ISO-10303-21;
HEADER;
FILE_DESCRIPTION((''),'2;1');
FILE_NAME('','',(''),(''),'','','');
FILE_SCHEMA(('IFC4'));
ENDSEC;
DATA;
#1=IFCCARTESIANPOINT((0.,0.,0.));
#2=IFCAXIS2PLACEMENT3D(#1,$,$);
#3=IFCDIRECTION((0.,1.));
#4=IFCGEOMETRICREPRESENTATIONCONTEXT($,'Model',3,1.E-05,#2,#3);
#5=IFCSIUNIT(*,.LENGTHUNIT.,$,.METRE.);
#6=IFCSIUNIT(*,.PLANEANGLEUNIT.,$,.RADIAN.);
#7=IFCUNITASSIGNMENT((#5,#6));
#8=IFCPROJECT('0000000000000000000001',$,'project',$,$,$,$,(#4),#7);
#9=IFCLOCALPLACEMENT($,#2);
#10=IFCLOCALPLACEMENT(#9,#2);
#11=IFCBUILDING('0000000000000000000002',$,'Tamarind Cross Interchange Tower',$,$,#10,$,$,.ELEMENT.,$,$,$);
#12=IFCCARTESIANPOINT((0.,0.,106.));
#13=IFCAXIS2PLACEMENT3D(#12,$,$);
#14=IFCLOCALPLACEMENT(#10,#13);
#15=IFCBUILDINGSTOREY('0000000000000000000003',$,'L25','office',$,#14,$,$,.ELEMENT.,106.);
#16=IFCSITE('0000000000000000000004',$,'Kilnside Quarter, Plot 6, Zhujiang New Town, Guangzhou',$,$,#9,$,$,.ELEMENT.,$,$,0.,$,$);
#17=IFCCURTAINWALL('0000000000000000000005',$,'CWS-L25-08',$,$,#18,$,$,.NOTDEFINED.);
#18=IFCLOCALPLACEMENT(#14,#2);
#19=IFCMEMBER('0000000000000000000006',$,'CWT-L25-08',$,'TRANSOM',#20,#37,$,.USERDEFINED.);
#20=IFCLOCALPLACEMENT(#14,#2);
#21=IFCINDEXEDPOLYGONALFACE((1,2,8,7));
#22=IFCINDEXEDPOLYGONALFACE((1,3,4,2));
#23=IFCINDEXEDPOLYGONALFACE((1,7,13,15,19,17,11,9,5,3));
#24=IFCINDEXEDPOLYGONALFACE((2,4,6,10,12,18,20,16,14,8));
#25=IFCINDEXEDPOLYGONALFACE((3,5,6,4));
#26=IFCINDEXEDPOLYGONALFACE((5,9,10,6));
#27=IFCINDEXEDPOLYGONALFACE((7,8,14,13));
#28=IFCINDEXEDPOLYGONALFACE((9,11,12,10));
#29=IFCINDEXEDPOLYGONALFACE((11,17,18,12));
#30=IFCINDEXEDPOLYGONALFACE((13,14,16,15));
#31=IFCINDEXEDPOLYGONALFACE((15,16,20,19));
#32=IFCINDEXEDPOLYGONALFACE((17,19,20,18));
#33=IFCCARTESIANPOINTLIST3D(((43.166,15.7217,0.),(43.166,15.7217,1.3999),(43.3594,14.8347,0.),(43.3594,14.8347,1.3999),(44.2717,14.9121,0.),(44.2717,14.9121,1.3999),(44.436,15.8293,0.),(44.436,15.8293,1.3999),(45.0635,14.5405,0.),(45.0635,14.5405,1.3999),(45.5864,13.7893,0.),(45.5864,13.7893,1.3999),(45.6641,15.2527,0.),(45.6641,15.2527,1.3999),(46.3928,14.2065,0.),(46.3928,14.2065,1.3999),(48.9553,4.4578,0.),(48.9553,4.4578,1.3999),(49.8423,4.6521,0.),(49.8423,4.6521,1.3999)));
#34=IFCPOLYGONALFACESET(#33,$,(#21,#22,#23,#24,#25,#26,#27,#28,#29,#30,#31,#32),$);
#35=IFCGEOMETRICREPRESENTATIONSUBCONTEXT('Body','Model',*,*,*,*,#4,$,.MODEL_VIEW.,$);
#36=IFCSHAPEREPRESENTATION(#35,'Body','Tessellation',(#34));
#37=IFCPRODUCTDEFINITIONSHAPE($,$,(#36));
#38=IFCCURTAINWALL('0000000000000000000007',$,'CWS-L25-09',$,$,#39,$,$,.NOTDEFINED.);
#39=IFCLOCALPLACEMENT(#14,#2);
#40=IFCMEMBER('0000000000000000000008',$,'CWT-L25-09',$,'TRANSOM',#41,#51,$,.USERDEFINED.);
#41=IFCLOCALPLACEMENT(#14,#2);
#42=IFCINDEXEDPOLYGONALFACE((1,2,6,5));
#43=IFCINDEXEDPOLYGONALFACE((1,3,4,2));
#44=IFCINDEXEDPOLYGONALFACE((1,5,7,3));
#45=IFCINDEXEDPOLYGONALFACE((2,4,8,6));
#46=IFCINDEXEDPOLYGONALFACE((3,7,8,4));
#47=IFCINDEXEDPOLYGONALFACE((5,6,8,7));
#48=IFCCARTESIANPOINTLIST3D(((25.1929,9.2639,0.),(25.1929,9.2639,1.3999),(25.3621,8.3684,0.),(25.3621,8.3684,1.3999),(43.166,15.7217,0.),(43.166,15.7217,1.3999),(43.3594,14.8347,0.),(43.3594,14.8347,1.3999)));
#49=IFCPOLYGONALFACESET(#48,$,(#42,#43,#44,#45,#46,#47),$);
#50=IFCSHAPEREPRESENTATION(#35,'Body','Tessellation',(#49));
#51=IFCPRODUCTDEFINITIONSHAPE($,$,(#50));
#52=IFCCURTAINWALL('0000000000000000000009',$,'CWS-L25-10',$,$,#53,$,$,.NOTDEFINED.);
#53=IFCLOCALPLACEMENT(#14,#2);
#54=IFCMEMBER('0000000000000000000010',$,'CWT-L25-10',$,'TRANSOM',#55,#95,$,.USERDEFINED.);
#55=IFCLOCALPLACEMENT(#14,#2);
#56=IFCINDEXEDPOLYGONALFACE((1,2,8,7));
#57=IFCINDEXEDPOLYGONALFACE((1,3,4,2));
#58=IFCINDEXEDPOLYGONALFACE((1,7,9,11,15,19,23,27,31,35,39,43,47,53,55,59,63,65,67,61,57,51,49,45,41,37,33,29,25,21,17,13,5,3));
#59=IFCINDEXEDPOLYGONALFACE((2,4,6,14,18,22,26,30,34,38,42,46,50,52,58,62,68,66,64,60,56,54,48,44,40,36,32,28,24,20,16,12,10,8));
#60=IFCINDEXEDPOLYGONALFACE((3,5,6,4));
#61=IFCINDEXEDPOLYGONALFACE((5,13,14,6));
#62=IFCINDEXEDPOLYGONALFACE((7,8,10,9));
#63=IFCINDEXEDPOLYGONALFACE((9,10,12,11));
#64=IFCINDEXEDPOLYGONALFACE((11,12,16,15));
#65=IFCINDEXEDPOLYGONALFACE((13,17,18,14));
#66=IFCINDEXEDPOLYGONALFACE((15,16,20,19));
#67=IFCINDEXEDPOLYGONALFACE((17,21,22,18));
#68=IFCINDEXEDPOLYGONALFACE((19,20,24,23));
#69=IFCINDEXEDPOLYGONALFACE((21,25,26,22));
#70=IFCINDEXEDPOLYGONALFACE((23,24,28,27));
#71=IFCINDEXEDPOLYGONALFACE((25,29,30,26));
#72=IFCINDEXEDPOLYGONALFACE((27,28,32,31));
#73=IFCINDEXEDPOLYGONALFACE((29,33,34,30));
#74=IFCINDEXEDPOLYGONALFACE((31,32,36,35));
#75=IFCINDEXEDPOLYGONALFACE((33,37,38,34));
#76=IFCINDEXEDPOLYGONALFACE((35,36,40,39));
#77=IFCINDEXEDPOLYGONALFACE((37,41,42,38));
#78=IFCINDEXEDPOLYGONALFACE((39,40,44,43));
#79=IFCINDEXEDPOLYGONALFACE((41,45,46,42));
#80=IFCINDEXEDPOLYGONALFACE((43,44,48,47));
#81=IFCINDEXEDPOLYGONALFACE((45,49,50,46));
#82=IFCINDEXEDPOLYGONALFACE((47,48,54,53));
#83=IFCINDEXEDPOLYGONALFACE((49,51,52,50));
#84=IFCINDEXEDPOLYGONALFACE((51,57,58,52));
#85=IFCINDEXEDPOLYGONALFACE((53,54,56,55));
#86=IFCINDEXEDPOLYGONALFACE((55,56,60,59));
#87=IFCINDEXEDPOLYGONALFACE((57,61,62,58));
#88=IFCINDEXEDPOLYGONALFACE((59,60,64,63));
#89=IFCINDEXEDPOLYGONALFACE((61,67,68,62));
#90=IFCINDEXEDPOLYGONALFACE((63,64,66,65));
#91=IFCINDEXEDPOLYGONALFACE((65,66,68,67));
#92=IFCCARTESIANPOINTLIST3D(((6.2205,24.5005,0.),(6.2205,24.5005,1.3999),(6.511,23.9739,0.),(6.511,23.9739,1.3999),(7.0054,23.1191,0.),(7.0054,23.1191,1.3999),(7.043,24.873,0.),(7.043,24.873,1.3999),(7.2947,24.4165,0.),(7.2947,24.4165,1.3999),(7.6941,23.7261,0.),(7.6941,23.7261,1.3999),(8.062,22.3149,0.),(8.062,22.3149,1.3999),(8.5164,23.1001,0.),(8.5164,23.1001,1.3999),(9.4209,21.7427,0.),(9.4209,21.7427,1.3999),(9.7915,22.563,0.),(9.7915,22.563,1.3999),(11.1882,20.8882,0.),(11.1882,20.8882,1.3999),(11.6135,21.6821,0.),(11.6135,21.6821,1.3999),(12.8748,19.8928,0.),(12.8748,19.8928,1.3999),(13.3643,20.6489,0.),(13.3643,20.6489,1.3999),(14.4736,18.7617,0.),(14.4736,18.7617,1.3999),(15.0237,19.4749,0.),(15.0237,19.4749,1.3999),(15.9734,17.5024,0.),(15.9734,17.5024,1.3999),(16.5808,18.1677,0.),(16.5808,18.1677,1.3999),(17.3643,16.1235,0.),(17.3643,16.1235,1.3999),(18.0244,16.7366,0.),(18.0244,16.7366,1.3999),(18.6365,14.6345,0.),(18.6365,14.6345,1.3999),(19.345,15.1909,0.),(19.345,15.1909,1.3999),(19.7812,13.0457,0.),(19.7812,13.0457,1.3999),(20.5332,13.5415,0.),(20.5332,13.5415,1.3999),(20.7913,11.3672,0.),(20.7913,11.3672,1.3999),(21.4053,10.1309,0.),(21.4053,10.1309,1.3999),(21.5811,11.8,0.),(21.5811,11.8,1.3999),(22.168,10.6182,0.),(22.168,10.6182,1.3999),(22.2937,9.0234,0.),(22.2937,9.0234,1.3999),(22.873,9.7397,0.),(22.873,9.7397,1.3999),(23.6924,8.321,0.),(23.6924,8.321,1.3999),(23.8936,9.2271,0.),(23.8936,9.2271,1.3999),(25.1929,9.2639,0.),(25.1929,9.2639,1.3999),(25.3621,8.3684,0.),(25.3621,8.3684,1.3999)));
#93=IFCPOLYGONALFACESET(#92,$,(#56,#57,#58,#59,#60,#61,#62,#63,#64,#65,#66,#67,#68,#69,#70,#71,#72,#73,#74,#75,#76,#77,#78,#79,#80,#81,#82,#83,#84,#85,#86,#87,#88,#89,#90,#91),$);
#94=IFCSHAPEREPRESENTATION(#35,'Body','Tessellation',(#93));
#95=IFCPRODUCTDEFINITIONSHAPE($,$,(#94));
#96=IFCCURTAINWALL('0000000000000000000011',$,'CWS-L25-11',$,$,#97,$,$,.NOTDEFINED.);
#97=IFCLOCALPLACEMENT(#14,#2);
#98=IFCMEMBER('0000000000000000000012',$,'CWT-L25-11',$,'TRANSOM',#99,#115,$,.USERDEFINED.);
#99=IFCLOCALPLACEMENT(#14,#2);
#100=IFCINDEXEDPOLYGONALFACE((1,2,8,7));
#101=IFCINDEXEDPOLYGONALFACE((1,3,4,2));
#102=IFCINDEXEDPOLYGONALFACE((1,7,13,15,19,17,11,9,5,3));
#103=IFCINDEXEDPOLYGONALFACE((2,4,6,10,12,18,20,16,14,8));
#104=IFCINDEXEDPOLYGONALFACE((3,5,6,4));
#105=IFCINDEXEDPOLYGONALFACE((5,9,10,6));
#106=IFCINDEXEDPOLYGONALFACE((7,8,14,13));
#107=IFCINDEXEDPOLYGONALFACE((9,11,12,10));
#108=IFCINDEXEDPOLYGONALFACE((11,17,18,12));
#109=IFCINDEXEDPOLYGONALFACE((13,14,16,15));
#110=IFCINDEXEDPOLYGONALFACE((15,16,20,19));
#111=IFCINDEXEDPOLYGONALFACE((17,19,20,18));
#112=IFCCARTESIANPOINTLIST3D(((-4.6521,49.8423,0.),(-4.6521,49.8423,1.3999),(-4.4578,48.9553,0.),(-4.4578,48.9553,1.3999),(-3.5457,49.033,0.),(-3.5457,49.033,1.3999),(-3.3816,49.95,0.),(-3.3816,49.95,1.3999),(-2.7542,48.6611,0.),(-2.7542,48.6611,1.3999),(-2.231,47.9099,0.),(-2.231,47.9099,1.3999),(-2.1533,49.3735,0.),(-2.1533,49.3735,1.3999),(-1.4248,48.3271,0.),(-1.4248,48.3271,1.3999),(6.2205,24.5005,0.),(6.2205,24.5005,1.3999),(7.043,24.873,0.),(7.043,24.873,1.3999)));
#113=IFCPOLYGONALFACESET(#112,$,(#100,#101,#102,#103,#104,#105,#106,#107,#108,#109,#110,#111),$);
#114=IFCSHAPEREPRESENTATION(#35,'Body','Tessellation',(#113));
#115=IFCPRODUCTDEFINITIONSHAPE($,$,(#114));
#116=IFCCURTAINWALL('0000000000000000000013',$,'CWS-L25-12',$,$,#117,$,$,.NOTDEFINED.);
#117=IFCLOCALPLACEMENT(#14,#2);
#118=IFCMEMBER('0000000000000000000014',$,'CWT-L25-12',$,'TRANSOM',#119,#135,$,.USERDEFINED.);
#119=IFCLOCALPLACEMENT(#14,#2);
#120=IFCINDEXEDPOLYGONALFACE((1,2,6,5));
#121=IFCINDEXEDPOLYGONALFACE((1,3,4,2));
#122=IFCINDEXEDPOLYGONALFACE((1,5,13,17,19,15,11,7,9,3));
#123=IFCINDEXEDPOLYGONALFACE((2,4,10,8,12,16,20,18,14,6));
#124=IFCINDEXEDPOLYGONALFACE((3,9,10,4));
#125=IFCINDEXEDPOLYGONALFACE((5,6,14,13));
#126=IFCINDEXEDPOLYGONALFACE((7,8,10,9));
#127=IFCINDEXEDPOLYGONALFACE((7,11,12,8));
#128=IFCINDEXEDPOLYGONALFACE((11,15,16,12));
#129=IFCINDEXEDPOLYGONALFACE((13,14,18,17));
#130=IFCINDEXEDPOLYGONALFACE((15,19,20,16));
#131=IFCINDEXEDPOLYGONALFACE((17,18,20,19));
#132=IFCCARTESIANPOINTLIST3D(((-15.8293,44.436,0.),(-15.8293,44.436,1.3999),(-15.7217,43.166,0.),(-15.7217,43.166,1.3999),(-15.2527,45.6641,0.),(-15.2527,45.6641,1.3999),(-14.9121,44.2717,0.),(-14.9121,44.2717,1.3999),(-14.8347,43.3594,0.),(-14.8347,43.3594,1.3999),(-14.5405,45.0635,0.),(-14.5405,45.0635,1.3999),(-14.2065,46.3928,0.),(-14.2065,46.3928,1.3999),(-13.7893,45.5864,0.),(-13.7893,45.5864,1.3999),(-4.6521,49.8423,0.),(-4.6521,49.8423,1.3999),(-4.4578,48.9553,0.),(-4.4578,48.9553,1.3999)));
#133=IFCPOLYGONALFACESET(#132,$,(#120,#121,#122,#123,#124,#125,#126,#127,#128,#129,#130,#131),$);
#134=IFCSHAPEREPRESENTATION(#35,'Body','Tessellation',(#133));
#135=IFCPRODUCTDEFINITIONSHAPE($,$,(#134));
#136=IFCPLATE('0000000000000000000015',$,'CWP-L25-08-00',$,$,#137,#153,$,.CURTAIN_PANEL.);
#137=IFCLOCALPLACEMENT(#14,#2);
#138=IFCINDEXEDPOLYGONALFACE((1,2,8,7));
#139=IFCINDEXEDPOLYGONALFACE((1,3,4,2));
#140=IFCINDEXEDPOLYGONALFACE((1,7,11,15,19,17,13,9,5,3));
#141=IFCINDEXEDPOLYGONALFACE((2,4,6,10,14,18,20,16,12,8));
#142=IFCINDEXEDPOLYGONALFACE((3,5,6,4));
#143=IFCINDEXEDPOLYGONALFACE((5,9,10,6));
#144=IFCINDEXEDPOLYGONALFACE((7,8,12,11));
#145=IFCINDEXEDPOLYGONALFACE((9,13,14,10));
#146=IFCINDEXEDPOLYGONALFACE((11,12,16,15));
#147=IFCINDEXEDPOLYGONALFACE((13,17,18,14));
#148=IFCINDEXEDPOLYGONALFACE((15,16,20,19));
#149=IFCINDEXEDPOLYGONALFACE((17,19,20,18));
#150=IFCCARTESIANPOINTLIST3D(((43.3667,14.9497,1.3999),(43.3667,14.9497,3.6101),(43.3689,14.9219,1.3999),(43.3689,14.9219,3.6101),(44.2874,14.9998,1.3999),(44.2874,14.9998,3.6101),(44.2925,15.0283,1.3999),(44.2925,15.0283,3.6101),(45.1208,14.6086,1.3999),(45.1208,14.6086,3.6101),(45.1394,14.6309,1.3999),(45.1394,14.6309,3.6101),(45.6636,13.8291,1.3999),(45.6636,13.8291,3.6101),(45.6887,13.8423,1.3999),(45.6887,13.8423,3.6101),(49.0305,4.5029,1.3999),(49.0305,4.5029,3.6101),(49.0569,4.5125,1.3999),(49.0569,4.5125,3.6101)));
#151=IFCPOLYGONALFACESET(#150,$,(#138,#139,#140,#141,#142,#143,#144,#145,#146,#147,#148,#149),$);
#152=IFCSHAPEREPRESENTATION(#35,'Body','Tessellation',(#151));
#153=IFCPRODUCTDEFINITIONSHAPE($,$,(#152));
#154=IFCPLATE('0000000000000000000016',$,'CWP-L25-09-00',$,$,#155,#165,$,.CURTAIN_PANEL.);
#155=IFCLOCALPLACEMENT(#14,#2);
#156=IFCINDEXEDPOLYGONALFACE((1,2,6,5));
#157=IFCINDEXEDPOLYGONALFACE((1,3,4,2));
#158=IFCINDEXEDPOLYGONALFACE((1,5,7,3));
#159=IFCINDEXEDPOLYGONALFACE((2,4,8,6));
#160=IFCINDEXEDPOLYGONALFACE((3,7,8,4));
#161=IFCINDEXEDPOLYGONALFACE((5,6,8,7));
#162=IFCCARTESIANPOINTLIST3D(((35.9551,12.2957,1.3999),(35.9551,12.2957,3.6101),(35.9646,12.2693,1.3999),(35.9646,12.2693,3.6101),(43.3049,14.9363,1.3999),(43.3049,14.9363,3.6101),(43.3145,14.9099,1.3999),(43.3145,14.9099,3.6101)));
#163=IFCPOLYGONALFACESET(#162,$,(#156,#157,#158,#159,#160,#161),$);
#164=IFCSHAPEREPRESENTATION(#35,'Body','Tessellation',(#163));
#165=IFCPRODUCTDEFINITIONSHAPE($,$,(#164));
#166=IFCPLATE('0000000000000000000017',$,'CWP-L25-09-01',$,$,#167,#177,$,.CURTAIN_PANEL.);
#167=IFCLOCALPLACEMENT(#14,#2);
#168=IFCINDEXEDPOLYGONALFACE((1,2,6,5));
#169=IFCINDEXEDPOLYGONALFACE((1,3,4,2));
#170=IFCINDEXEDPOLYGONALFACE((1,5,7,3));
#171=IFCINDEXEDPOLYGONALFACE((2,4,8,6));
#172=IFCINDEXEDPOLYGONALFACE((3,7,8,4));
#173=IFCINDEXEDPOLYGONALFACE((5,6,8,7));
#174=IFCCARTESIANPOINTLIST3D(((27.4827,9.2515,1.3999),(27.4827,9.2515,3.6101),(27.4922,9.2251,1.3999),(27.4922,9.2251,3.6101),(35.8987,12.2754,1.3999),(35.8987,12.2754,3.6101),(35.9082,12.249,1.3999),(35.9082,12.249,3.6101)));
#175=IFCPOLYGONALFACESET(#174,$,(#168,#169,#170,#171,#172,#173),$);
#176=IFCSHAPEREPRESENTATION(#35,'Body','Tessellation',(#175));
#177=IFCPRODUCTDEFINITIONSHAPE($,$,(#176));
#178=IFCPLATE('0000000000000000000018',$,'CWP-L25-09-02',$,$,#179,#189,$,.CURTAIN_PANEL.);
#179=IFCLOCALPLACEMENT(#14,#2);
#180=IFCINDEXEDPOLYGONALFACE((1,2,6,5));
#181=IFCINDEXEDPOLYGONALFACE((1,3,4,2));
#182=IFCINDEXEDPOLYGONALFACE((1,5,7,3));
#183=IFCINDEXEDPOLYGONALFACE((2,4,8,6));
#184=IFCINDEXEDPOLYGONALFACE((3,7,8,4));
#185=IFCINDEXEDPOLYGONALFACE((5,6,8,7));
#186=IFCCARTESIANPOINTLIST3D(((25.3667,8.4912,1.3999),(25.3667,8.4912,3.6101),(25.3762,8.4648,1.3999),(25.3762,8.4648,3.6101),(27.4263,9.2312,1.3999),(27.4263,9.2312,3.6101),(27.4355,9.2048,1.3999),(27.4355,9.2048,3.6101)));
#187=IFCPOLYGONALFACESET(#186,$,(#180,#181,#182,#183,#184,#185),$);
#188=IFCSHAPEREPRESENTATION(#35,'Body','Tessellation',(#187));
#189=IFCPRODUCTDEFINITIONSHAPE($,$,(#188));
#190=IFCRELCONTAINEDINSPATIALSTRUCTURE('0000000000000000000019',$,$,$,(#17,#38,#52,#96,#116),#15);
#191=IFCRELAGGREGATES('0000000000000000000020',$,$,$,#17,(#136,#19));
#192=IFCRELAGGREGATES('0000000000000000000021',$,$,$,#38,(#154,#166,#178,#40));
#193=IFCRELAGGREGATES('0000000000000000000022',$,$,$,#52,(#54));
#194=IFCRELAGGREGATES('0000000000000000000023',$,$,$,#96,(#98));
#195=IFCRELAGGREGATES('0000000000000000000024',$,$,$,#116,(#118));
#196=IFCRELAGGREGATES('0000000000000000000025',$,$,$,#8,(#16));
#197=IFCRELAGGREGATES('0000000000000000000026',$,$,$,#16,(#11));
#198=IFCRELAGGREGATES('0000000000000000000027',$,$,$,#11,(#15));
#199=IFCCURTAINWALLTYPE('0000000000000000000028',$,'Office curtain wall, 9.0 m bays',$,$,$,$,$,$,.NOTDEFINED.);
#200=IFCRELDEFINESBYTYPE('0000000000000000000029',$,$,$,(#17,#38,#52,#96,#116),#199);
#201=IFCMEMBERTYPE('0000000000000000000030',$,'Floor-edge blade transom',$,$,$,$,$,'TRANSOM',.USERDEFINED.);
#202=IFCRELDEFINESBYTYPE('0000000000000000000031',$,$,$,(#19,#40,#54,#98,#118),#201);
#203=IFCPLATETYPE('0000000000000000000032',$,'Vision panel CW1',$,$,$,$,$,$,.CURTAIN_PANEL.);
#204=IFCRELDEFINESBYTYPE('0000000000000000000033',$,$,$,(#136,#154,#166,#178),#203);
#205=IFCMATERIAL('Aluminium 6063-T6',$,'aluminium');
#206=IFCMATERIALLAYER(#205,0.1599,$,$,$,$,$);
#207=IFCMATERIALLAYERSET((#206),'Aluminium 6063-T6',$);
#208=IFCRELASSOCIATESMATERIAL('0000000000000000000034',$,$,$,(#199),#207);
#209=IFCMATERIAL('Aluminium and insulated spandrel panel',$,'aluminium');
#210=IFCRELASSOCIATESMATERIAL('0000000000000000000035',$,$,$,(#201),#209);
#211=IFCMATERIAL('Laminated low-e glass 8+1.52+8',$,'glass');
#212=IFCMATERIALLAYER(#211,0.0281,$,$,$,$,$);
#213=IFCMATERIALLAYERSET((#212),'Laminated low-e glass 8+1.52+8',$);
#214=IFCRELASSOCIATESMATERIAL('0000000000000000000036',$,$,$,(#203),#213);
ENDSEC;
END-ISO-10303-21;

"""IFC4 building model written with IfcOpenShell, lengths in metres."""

from ifc_helpers import new_model, si_unit, direction, frame, origin, place, context, subcontext, project, spatial, polyline, outline, extrude, material, layer, layer_set, type_object, element, aggregate, save


model = new_model("IFC4")

# Units and contexts
model_context = context("Model", 3, precision=1e-05, world=origin(), true_north=direction((0.0, 1.0)))
body_context = subcontext(model_context, "Body", "Model", "MODEL_VIEW")
ifc_project = project(units=[si_unit("LENGTHUNIT", "METRE"), si_unit("PLANEANGLEUNIT", "RADIAN")], contexts=[model_context])

# Site, building, storey
site_placement = place(None, origin())
site = spatial("IfcSite", under=ifc_project, at=site_placement, Name="Kilnside Quarter, Plot 6, Zhujiang New Town, Guangzhou", CompositionType="ELEMENT", RefElevation=0.0)
building_placement = place(site_placement, origin())
building = spatial("IfcBuilding", under=site, at=building_placement, Name="Tamarind Cross Interchange Tower", CompositionType="ELEMENT")
storey_placement = place(building_placement, frame((0.0, 0.0, 106.0)))
storey = spatial("IfcBuildingStorey", under=building, at=storey_placement, Name="L25", Description="office", CompositionType="ELEMENT", Elevation=106.0)

# Curtain walls, members
ifc_material_1 = material(Name="Aluminium 6063-T6", Category="aluminium")
ifc_layer_1 = layer(ifc_material_1, 0.1599)
ifc_layer_set_1 = layer_set([ifc_layer_1], Name="Aluminium 6063-T6")
curtain_wall_type = type_object("IfcCurtainWallType", Name="Office curtain wall, 9.0 m bays", PredefinedType="NOTDEFINED", material=ifc_layer_set_1)
curtain_wall_1_placement = place(storey_placement, origin())
curtain_wall_1 = element("IfcCurtainWall", 1, at=curtain_wall_1_placement, inside=storey, type_object=curtain_wall_type, Name="CWS-L25-08", PredefinedType="NOTDEFINED")
ifc_material_2 = material(Name="Aluminium and insulated spandrel panel", Category="aluminium")
member_type = type_object("IfcMemberType", Name="Floor-edge blade transom", ElementType="TRANSOM", PredefinedType="USERDEFINED", material=ifc_material_2)
member_1_placement = place(storey_placement, origin())
member_1 = element("IfcMember", 2, at=member_1_placement, type_object=member_type, Name="CWT-L25-08", ObjectType="TRANSOM", PredefinedType="USERDEFINED", context=body_context, shape_type="SweptSolid", body=[
    extrude(outline(polyline([(48.9553, 4.4578), (45.5864, 13.7893), (45.0635, 14.5405), (44.2717, 14.9121), (43.3594, 14.8347), (43.166, 15.7217), (44.436, 15.8293), (45.6641, 15.2527), (46.3928, 14.2065), (49.8423, 4.6521), (48.9553, 4.4578)])), origin(), (0.0, 0.0, 1.0), 1.3999),
])
curtain_wall_2_placement = place(storey_placement, origin())
curtain_wall_2 = element("IfcCurtainWall", 3, at=curtain_wall_2_placement, inside=storey, type_object=curtain_wall_type, Name="CWS-L25-09", PredefinedType="NOTDEFINED")
member_2_placement = place(storey_placement, origin())
member_2 = element("IfcMember", 4, at=member_2_placement, type_object=member_type, Name="CWT-L25-09", ObjectType="TRANSOM", PredefinedType="USERDEFINED", context=body_context, shape_type="SweptSolid", body=[
    extrude(outline(polyline([(43.3594, 14.8347), (25.3621, 8.3684), (25.1929, 9.2639), (43.166, 15.7217), (43.3594, 14.8347)])), origin(), (0.0, 0.0, 1.0), 1.3999),
])
curtain_wall_3_placement = place(storey_placement, origin())
curtain_wall_3 = element("IfcCurtainWall", 5, at=curtain_wall_3_placement, inside=storey, type_object=curtain_wall_type, Name="CWS-L25-10", PredefinedType="NOTDEFINED")
member_3_placement = place(storey_placement, origin())
member_3 = element("IfcMember", 6, at=member_3_placement, type_object=member_type, Name="CWT-L25-10", ObjectType="TRANSOM", PredefinedType="USERDEFINED", context=body_context, shape_type="SweptSolid", body=[
    extrude(outline(polyline([(25.3621, 8.3684), (23.6924, 8.321), (22.2937, 9.0234), (21.4053, 10.1309), (20.7913, 11.3672), (19.7812, 13.0457), (18.6365, 14.6345), (17.3643, 16.1235), (15.9734, 17.5024), (14.4736, 18.7617), (12.8748, 19.8928), (11.1882, 20.8882), (9.4209, 21.7427), (8.062, 22.3149), (7.0054, 23.1191), (6.511, 23.9739), (6.2205, 24.5005), (7.043, 24.873), (7.2947, 24.4165), (7.6941, 23.7261), (8.5164, 23.1001), (9.7915, 22.563), (11.6135, 21.6821), (13.3643, 20.6489), (15.0237, 19.4749), (16.5808, 18.1677), (18.0244, 16.7366), (19.345, 15.1909), (20.5332, 13.5415), (21.5811, 11.8), (22.168, 10.6182), (22.873, 9.7397), (23.8936, 9.2271), (25.1929, 9.2639), (25.3621, 8.3684)])), origin(), (0.0, 0.0, 1.0), 1.3999),
])
curtain_wall_4_placement = place(storey_placement, origin())
curtain_wall_4 = element("IfcCurtainWall", 7, at=curtain_wall_4_placement, inside=storey, type_object=curtain_wall_type, Name="CWS-L25-11", PredefinedType="NOTDEFINED")
member_4_placement = place(storey_placement, origin())
member_4 = element("IfcMember", 8, at=member_4_placement, type_object=member_type, Name="CWT-L25-11", ObjectType="TRANSOM", PredefinedType="USERDEFINED", context=body_context, shape_type="SweptSolid", body=[
    extrude(outline(polyline([(6.2205, 24.5005), (-2.231, 47.9099), (-2.7542, 48.6611), (-3.5457, 49.033), (-4.4578, 48.9553), (-4.6521, 49.8423), (-3.3816, 49.95), (-2.1533, 49.3735), (-1.4248, 48.3271), (7.043, 24.873), (6.2205, 24.5005)])), origin(), (0.0, 0.0, 1.0), 1.3999),
])
curtain_wall_5_placement = place(storey_placement, origin())
curtain_wall_5 = element("IfcCurtainWall", 9, at=curtain_wall_5_placement, inside=storey, type_object=curtain_wall_type, Name="CWS-L25-12", PredefinedType="NOTDEFINED")
member_5_placement = place(storey_placement, origin())
member_5 = element("IfcMember", 10, at=member_5_placement, type_object=member_type, Name="CWT-L25-12", ObjectType="TRANSOM", PredefinedType="USERDEFINED", context=body_context, shape_type="SweptSolid", body=[
    extrude(outline(polyline([(-4.4578, 48.9553), (-13.7893, 45.5864), (-14.5405, 45.0635), (-14.9121, 44.2717), (-14.8347, 43.3594), (-15.7217, 43.166), (-15.8293, 44.436), (-15.2527, 45.6641), (-14.2065, 46.3928), (-4.6521, 49.8423), (-4.4578, 48.9553)])), origin(), (0.0, 0.0, 1.0), 1.3999),
])

# Plates
ifc_material_3 = material(Name="Laminated low-e glass 8+1.52+8", Category="glass")
ifc_layer_2 = layer(ifc_material_3, 0.0281)
ifc_layer_set_2 = layer_set([ifc_layer_2], Name="Laminated low-e glass 8+1.52+8")
plate_type = type_object("IfcPlateType", Name="Vision panel CW1", PredefinedType="CURTAIN_PANEL", material=ifc_layer_set_2)
plate_1_placement = place(storey_placement, frame((0.0, 0.0, 1.3999)))
plate_1 = element("IfcPlate", 11, at=plate_1_placement, type_object=plate_type, Name="CWP-L25-08-00", PredefinedType="CURTAIN_PANEL", context=body_context, shape_type="SweptSolid", body=[
    extrude(outline(polyline([(49.0305, 4.5029), (45.6636, 13.8291), (45.1208, 14.6086), (44.2874, 14.9998), (43.3689, 14.9219), (43.3667, 14.9497), (44.2925, 15.0283), (45.1394, 14.6309), (45.6887, 13.8423), (49.0569, 4.5125), (49.0305, 4.5029)])), origin(), (0.0, 0.0, 1.0), 2.2102),
])
aggregate(curtain_wall_1, [plate_1, member_1])
plate_2_placement = place(storey_placement, frame((0.0, 0.0, 1.3999)))
plate_2 = element("IfcPlate", 12, at=plate_2_placement, type_object=plate_type, Name="CWP-L25-09-00", PredefinedType="CURTAIN_PANEL", context=body_context, shape_type="SweptSolid", body=[
    extrude(outline(polyline([(43.3145, 14.9099), (35.9646, 12.2693), (35.9551, 12.2957), (43.3049, 14.9363), (43.3145, 14.9099)])), origin(), (0.0, 0.0, 1.0), 2.2102),
])
plate_3_placement = place(storey_placement, frame((0.0, 0.0, 1.3999)))
plate_3 = element("IfcPlate", 13, at=plate_3_placement, type_object=plate_type, Name="CWP-L25-09-01", PredefinedType="CURTAIN_PANEL", context=body_context, shape_type="SweptSolid", body=[
    extrude(outline(polyline([(35.9082, 12.249), (27.4922, 9.2251), (27.4827, 9.2515), (35.8987, 12.2754), (35.9082, 12.249)])), origin(), (0.0, 0.0, 1.0), 2.2102),
])
plate_4_placement = place(storey_placement, frame((0.0, 0.0, 1.3999)))
plate_4 = element("IfcPlate", 14, at=plate_4_placement, type_object=plate_type, Name="CWP-L25-09-02", PredefinedType="CURTAIN_PANEL", context=body_context, shape_type="SweptSolid", body=[
    extrude(outline(polyline([(27.4355, 9.2048), (25.3762, 8.4648), (25.3667, 8.4912), (27.4263, 9.2312), (27.4355, 9.2048)])), origin(), (0.0, 0.0, 1.0), 2.2102),
])
aggregate(curtain_wall_2, [plate_2, plate_3, plate_4, member_2])
aggregate(curtain_wall_3, [member_3])
aggregate(curtain_wall_4, [member_4])
aggregate(curtain_wall_5, [member_5])

save(model, "model.ifc")
